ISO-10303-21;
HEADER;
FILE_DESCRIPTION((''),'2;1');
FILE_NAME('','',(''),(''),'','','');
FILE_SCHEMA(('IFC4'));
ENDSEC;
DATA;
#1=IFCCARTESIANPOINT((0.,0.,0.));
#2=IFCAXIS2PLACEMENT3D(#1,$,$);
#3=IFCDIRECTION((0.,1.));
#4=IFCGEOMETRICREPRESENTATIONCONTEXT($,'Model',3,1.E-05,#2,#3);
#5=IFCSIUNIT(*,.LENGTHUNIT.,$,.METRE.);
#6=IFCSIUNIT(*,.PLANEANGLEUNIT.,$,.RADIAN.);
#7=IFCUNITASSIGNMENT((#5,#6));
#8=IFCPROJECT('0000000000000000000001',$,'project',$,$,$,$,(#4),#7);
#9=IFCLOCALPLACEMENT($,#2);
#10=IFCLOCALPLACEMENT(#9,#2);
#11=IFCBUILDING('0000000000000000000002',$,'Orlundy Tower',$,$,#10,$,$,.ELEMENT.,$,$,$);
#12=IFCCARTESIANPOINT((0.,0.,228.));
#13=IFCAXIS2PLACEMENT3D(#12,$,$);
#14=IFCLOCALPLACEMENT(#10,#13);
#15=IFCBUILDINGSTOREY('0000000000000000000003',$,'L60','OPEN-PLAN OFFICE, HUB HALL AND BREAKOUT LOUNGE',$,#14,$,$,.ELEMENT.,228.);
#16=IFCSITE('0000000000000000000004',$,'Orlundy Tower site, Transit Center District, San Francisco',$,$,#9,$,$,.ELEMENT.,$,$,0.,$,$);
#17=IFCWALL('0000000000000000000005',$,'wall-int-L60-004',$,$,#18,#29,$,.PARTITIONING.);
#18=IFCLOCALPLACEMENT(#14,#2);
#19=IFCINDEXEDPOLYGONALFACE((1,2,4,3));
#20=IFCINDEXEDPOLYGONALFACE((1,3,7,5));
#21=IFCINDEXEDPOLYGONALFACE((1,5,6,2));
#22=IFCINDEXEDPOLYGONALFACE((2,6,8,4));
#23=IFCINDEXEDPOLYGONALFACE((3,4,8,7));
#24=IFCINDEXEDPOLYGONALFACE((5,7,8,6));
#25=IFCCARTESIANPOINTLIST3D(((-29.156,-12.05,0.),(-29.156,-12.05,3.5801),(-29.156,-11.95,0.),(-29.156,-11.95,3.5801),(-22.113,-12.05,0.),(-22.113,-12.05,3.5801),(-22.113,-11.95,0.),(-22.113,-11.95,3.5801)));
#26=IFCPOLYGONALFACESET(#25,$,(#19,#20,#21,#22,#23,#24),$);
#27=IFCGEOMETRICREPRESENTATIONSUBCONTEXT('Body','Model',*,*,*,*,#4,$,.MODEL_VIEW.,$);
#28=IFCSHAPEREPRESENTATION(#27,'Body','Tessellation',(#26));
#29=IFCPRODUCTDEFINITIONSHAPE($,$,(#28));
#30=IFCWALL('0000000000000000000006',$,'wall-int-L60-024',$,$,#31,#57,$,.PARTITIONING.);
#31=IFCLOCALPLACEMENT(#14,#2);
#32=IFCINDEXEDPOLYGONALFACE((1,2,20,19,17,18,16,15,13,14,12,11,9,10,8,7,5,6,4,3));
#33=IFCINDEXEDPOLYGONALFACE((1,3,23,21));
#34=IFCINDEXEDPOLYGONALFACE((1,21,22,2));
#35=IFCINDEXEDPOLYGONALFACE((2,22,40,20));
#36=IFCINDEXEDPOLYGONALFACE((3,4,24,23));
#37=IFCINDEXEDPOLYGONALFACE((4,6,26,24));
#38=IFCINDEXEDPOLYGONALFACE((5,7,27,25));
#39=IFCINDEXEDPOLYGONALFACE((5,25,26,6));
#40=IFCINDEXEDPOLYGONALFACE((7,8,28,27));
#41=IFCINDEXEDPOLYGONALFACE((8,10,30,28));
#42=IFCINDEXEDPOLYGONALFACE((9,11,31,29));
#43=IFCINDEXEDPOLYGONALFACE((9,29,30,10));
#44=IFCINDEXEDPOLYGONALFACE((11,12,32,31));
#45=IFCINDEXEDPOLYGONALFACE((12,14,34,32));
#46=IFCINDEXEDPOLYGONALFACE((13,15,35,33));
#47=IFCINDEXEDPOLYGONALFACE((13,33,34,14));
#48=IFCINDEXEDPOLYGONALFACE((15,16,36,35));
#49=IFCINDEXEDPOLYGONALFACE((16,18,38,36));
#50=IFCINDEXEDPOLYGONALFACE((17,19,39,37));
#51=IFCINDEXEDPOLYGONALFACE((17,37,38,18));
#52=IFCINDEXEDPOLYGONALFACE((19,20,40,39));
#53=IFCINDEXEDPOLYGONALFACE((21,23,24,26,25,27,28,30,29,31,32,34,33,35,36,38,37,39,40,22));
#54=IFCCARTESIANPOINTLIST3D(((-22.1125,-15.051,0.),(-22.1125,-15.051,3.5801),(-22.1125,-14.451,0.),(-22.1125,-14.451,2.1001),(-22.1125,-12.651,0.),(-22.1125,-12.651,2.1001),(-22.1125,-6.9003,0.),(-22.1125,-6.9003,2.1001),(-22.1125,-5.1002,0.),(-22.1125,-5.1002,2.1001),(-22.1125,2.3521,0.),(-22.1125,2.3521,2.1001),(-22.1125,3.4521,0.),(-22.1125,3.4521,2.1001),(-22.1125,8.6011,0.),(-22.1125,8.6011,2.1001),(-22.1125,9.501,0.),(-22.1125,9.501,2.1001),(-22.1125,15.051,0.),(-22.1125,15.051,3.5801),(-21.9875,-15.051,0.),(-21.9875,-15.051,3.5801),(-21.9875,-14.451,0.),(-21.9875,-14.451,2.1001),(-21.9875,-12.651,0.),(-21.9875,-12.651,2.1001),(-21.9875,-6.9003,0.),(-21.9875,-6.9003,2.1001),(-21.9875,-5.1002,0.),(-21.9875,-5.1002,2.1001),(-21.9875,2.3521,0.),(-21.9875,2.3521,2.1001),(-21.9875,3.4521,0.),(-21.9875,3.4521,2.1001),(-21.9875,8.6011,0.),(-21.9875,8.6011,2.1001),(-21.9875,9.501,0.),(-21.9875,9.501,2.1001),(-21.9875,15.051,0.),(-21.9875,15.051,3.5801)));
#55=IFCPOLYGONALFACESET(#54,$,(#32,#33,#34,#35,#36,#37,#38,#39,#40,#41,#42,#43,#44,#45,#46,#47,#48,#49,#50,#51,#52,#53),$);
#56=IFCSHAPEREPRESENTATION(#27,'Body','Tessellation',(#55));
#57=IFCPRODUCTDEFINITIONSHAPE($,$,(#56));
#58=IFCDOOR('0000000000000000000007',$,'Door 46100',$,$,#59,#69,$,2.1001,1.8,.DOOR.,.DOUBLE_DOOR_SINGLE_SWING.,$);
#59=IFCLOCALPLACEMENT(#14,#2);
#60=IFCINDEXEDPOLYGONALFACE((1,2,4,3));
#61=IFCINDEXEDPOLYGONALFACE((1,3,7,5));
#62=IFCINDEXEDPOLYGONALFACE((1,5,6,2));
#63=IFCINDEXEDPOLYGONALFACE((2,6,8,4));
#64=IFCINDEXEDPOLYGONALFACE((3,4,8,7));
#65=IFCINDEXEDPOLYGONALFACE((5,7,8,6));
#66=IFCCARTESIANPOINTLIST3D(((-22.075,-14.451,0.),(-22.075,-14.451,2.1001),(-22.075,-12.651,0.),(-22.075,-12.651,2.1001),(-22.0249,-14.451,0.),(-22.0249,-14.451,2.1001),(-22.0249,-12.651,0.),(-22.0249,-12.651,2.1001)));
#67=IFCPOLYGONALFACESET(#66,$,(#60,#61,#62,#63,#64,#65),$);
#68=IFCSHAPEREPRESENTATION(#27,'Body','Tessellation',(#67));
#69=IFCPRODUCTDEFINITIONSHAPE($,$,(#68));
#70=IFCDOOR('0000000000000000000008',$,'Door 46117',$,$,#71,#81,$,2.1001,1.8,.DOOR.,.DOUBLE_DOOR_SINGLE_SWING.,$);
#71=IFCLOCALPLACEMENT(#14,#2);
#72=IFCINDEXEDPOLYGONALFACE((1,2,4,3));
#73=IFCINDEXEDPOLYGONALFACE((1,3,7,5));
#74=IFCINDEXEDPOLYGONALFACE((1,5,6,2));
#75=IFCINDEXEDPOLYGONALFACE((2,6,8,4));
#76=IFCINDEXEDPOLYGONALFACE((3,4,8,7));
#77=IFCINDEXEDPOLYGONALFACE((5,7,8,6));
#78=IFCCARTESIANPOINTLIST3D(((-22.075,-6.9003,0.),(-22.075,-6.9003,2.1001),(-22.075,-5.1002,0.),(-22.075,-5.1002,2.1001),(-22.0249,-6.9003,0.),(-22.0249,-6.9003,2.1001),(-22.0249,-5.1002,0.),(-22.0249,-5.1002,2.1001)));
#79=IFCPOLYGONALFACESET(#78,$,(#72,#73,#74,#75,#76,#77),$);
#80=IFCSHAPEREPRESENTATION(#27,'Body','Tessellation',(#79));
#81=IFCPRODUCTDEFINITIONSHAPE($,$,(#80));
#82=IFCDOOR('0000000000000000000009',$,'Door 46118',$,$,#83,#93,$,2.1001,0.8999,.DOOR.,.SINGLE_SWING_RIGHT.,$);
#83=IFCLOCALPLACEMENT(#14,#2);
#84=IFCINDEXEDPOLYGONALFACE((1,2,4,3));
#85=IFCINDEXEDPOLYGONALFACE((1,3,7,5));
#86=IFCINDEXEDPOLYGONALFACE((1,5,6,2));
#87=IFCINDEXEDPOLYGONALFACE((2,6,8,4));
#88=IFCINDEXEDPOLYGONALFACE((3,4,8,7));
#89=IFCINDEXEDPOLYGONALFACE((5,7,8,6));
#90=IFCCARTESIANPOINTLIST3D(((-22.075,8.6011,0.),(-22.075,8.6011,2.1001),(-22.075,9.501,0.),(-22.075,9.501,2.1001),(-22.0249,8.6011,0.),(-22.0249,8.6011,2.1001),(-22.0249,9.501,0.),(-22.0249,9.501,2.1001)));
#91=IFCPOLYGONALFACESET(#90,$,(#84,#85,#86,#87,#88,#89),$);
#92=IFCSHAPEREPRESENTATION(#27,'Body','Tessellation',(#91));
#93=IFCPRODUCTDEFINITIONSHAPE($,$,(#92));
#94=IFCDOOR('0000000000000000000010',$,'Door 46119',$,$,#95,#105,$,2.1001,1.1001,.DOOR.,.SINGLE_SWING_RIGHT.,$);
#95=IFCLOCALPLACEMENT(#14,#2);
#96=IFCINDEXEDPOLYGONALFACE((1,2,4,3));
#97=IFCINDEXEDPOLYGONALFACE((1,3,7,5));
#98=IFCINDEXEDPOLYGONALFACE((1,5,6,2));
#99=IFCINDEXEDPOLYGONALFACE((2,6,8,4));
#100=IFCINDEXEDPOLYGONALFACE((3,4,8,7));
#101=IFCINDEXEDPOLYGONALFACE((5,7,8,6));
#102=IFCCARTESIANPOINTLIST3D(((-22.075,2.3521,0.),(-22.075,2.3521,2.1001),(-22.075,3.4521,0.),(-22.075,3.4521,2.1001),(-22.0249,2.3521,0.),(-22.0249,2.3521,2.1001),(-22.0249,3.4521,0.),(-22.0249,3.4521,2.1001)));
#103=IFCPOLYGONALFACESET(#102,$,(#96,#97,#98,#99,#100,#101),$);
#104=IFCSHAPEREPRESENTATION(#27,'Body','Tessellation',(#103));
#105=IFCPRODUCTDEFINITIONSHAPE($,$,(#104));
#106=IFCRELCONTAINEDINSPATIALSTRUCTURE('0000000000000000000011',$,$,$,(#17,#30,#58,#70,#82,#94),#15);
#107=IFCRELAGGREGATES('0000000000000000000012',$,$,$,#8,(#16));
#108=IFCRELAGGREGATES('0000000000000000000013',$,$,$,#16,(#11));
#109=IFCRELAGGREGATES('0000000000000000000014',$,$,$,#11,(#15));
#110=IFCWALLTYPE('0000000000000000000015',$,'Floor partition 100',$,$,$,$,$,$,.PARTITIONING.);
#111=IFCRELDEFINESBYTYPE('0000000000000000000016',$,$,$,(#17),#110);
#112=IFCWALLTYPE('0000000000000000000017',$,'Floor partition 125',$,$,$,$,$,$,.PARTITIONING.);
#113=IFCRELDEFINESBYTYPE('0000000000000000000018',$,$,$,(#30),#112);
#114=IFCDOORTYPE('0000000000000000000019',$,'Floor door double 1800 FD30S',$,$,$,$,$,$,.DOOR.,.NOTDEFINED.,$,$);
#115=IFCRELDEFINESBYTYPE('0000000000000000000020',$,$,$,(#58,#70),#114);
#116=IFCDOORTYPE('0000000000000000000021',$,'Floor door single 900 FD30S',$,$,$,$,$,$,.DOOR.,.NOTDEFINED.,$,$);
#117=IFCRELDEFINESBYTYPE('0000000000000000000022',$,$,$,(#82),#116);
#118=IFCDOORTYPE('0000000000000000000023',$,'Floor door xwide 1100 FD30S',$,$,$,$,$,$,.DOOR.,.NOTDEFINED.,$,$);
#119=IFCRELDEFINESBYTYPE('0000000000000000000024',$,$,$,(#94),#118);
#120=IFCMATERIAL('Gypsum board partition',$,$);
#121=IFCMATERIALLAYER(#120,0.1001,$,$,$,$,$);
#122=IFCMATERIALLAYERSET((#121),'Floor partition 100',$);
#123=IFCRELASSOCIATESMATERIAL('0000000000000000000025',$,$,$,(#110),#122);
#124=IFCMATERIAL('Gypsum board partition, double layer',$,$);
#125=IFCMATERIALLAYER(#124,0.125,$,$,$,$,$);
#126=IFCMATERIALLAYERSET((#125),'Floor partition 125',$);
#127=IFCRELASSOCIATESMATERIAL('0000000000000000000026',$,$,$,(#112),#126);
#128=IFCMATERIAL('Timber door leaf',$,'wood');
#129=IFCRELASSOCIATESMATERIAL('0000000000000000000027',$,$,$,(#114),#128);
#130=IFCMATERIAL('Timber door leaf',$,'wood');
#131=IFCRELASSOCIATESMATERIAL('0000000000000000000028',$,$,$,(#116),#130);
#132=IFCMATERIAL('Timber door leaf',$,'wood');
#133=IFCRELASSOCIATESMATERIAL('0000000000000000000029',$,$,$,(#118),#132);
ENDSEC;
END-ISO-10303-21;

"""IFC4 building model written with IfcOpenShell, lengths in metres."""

from ifc_helpers import new_model, si_unit, direction, frame, frame_2d, origin, place, context, subcontext, project, spatial, rectangle, extrude, material, layer, layer_set, type_object, element, fill, save


model = new_model("IFC4")

# Units and contexts
model_context = context("Model", 3, precision=1e-05, world=origin(), true_north=direction((0.0, 1.0)))
body_context = subcontext(model_context, "Body", "Model", "MODEL_VIEW")
ifc_project = project(units=[si_unit("LENGTHUNIT", "METRE"), si_unit("PLANEANGLEUNIT", "RADIAN")], contexts=[model_context])

# Site, building, storey
site_placement = place(None, origin())
site = spatial("IfcSite", under=ifc_project, at=site_placement, Name="Orlundy Tower site, Transit Center District, San Francisco", CompositionType="ELEMENT", RefElevation=0.0)
building_placement = place(site_placement, origin())
building = spatial("IfcBuilding", under=site, at=building_placement, Name="Orlundy Tower", CompositionType="ELEMENT")
storey_placement = place(building_placement, frame((0.0, 0.0, 228.0)))
storey = spatial("IfcBuildingStorey", under=building, at=storey_placement, Name="L60", Description="OPEN-PLAN OFFICE, HUB HALL AND BREAKOUT LOUNGE", CompositionType="ELEMENT", Elevation=228.0)

# Wall
ifc_material_1 = material(Name="Gypsum board partition")
ifc_layer_1 = layer(ifc_material_1, 0.1001)
ifc_layer_set_1 = layer_set([ifc_layer_1], Name="Floor partition 100")
wall_type_1 = type_object("IfcWallType", Name="Floor partition 100", PredefinedType="PARTITIONING", material=ifc_layer_set_1)
wall_1_placement = place(storey_placement, frame((-29.156, -12.0, 0.0), z_axis=(0.0, 0.0, 1.0), x_axis=(1.0, 0.0, 0.0)))
element("IfcWall", 1, at=wall_1_placement, inside=storey, type_object=wall_type_1, Name="wall-int-L60-004", PredefinedType="PARTITIONING", context=body_context, shape_type="SweptSolid", body=[
    extrude(rectangle(XDim=7.043, YDim=0.1001, at=frame_2d((3.5215, 0.0))), origin(), (0.0, 0.0, 1.0), 3.5801),
])

# Wall, openings, doors
ifc_material_2 = material(Name="Gypsum board partition, double layer")
ifc_layer_2 = layer(ifc_material_2, 0.125)
ifc_layer_set_2 = layer_set([ifc_layer_2], Name="Floor partition 125")
wall_type_2 = type_object("IfcWallType", Name="Floor partition 125", PredefinedType="PARTITIONING", material=ifc_layer_set_2)
wall_2_placement = place(storey_placement, frame((-22.05, -15.051, 0.0), z_axis=(0.0, 0.0, 1.0), x_axis=(0.0, 1.0, 0.0)))
wall_2 = element("IfcWall", 2, at=wall_2_placement, inside=storey, type_object=wall_type_2, Name="wall-int-L60-024", PredefinedType="PARTITIONING", context=body_context, shape_type="SweptSolid", body=[
    extrude(rectangle(XDim=30.1021, YDim=0.125, at=frame_2d((15.051, 0.0))), origin(), (0.0, 0.0, 1.0), 3.5801),
])
opening_1_placement = place(wall_2_placement, frame((0.6001, 0.0, 0.0)))
opening_1 = element("IfcOpeningElement", 3, at=opening_1_placement, cuts=wall_2, PredefinedType="OPENING", context=body_context, shape_type="SweptSolid", body=[
    extrude(rectangle(XDim=1.8, YDim=2.1001, at=frame_2d((0.8999, 1.05))), frame((0.0, 0.0725, 0.0), z_axis=(0.0, -1.0, 0.0), x_axis=(1.0, 0.0, 0.0)), (0.0, 0.0, 1.0), 0.145),
])
opening_2_placement = place(wall_2_placement, frame((8.1509, 0.0, 0.0)))
opening_2 = element("IfcOpeningElement", 4, at=opening_2_placement, cuts=wall_2, PredefinedType="OPENING", context=body_context, shape_type="SweptSolid", body=[
    extrude(rectangle(XDim=1.8, YDim=2.1001, at=frame_2d((0.8999, 1.05))), frame((0.0, 0.0725, 0.0), z_axis=(0.0, -1.0, 0.0), x_axis=(1.0, 0.0, 0.0)), (0.0, 0.0, 1.0), 0.145),
])
opening_3_placement = place(wall_2_placement, frame((23.6521, 0.0, 0.0)))
opening_3 = element("IfcOpeningElement", 5, at=opening_3_placement, cuts=wall_2, PredefinedType="OPENING", context=body_context, shape_type="SweptSolid", body=[
    extrude(rectangle(XDim=0.8999, YDim=2.1001, at=frame_2d((0.45, 1.05))), frame((0.0, 0.0725, 0.0), z_axis=(0.0, -1.0, 0.0), x_axis=(1.0, 0.0, 0.0)), (0.0, 0.0, 1.0), 0.145),
])
opening_4_placement = place(wall_2_placement, frame((17.4031, 0.0, 0.0)))
opening_4 = element("IfcOpeningElement", 6, at=opening_4_placement, cuts=wall_2, PredefinedType="OPENING", context=body_context, shape_type="SweptSolid", body=[
    extrude(rectangle(XDim=1.1001, YDim=2.1001, at=frame_2d((0.55, 1.05))), frame((0.0, 0.0725, 0.0), z_axis=(0.0, -1.0, 0.0), x_axis=(1.0, 0.0, 0.0)), (0.0, 0.0, 1.0), 0.145),
])
ifc_material_3 = material(Name="Timber door leaf", Category="wood")
door_type_1 = type_object("IfcDoorType", Name="Floor door double 1800 FD30S", OperationType="NOTDEFINED", PredefinedType="DOOR", material=ifc_material_3)
door_1_placement = place(opening_1_placement, origin())
door_1 = element("IfcDoor", 7, at=door_1_placement, inside=storey, type_object=door_type_1, Name="Door 46100", OperationType="DOUBLE_DOOR_SINGLE_SWING", OverallHeight=2.1001, OverallWidth=1.8, PredefinedType="DOOR", context=body_context, shape_type="SweptSolid", body=[
    extrude(rectangle(XDim=1.8, YDim=2.1001, at=frame_2d((0.8999, 1.05))), frame((0.0, 0.0249, 0.0), z_axis=(0.0, -1.0, 0.0), x_axis=(1.0, 0.0, 0.0)), (0.0, 0.0, 1.0), 0.05),
])
fill(opening_1, door_1)
door_2_placement = place(opening_2_placement, origin())
door_2 = element("IfcDoor", 8, at=door_2_placement, inside=storey, type_object=door_type_1, Name="Door 46117", OperationType="DOUBLE_DOOR_SINGLE_SWING", OverallHeight=2.1001, OverallWidth=1.8, PredefinedType="DOOR", context=body_context, shape_type="SweptSolid", body=[
    extrude(rectangle(XDim=1.8, YDim=2.1001, at=frame_2d((0.8999, 1.05))), frame((0.0, 0.0249, 0.0), z_axis=(0.0, -1.0, 0.0), x_axis=(1.0, 0.0, 0.0)), (0.0, 0.0, 1.0), 0.05),
])
fill(opening_2, door_2)
ifc_material_4 = material(Name="Timber door leaf", Category="wood")
door_type_2 = type_object("IfcDoorType", Name="Floor door single 900 FD30S", OperationType="NOTDEFINED", PredefinedType="DOOR", material=ifc_material_4)
door_3_placement = place(opening_3_placement, origin())
door_3 = element("IfcDoor", 9, at=door_3_placement, inside=storey, type_object=door_type_2, Name="Door 46118", OperationType="SINGLE_SWING_RIGHT", OverallHeight=2.1001, OverallWidth=0.8999, PredefinedType="DOOR", context=body_context, shape_type="SweptSolid", body=[
    extrude(rectangle(XDim=0.8999, YDim=2.1001, at=frame_2d((0.45, 1.05))), frame((0.0, 0.0249, 0.0), z_axis=(0.0, -1.0, 0.0), x_axis=(1.0, 0.0, 0.0)), (0.0, 0.0, 1.0), 0.05),
])
fill(opening_3, door_3)
ifc_material_5 = material(Name="Timber door leaf", Category="wood")
door_type_3 = type_object("IfcDoorType", Name="Floor door xwide 1100 FD30S", OperationType="NOTDEFINED", PredefinedType="DOOR", material=ifc_material_5)
door_4_placement = place(opening_4_placement, origin())
door_4 = element("IfcDoor", 10, at=door_4_placement, inside=storey, type_object=door_type_3, Name="Door 46119", OperationType="SINGLE_SWING_RIGHT", OverallHeight=2.1001, OverallWidth=1.1001, PredefinedType="DOOR", context=body_context, shape_type="SweptSolid", body=[
    extrude(rectangle(XDim=1.1001, YDim=2.1001, at=frame_2d((0.55, 1.05))), frame((0.0, 0.0249, 0.0), z_axis=(0.0, -1.0, 0.0), x_axis=(1.0, 0.0, 0.0)), (0.0, 0.0, 1.0), 0.05),
])
fill(opening_4, door_4)

save(model, "model.ifc")
